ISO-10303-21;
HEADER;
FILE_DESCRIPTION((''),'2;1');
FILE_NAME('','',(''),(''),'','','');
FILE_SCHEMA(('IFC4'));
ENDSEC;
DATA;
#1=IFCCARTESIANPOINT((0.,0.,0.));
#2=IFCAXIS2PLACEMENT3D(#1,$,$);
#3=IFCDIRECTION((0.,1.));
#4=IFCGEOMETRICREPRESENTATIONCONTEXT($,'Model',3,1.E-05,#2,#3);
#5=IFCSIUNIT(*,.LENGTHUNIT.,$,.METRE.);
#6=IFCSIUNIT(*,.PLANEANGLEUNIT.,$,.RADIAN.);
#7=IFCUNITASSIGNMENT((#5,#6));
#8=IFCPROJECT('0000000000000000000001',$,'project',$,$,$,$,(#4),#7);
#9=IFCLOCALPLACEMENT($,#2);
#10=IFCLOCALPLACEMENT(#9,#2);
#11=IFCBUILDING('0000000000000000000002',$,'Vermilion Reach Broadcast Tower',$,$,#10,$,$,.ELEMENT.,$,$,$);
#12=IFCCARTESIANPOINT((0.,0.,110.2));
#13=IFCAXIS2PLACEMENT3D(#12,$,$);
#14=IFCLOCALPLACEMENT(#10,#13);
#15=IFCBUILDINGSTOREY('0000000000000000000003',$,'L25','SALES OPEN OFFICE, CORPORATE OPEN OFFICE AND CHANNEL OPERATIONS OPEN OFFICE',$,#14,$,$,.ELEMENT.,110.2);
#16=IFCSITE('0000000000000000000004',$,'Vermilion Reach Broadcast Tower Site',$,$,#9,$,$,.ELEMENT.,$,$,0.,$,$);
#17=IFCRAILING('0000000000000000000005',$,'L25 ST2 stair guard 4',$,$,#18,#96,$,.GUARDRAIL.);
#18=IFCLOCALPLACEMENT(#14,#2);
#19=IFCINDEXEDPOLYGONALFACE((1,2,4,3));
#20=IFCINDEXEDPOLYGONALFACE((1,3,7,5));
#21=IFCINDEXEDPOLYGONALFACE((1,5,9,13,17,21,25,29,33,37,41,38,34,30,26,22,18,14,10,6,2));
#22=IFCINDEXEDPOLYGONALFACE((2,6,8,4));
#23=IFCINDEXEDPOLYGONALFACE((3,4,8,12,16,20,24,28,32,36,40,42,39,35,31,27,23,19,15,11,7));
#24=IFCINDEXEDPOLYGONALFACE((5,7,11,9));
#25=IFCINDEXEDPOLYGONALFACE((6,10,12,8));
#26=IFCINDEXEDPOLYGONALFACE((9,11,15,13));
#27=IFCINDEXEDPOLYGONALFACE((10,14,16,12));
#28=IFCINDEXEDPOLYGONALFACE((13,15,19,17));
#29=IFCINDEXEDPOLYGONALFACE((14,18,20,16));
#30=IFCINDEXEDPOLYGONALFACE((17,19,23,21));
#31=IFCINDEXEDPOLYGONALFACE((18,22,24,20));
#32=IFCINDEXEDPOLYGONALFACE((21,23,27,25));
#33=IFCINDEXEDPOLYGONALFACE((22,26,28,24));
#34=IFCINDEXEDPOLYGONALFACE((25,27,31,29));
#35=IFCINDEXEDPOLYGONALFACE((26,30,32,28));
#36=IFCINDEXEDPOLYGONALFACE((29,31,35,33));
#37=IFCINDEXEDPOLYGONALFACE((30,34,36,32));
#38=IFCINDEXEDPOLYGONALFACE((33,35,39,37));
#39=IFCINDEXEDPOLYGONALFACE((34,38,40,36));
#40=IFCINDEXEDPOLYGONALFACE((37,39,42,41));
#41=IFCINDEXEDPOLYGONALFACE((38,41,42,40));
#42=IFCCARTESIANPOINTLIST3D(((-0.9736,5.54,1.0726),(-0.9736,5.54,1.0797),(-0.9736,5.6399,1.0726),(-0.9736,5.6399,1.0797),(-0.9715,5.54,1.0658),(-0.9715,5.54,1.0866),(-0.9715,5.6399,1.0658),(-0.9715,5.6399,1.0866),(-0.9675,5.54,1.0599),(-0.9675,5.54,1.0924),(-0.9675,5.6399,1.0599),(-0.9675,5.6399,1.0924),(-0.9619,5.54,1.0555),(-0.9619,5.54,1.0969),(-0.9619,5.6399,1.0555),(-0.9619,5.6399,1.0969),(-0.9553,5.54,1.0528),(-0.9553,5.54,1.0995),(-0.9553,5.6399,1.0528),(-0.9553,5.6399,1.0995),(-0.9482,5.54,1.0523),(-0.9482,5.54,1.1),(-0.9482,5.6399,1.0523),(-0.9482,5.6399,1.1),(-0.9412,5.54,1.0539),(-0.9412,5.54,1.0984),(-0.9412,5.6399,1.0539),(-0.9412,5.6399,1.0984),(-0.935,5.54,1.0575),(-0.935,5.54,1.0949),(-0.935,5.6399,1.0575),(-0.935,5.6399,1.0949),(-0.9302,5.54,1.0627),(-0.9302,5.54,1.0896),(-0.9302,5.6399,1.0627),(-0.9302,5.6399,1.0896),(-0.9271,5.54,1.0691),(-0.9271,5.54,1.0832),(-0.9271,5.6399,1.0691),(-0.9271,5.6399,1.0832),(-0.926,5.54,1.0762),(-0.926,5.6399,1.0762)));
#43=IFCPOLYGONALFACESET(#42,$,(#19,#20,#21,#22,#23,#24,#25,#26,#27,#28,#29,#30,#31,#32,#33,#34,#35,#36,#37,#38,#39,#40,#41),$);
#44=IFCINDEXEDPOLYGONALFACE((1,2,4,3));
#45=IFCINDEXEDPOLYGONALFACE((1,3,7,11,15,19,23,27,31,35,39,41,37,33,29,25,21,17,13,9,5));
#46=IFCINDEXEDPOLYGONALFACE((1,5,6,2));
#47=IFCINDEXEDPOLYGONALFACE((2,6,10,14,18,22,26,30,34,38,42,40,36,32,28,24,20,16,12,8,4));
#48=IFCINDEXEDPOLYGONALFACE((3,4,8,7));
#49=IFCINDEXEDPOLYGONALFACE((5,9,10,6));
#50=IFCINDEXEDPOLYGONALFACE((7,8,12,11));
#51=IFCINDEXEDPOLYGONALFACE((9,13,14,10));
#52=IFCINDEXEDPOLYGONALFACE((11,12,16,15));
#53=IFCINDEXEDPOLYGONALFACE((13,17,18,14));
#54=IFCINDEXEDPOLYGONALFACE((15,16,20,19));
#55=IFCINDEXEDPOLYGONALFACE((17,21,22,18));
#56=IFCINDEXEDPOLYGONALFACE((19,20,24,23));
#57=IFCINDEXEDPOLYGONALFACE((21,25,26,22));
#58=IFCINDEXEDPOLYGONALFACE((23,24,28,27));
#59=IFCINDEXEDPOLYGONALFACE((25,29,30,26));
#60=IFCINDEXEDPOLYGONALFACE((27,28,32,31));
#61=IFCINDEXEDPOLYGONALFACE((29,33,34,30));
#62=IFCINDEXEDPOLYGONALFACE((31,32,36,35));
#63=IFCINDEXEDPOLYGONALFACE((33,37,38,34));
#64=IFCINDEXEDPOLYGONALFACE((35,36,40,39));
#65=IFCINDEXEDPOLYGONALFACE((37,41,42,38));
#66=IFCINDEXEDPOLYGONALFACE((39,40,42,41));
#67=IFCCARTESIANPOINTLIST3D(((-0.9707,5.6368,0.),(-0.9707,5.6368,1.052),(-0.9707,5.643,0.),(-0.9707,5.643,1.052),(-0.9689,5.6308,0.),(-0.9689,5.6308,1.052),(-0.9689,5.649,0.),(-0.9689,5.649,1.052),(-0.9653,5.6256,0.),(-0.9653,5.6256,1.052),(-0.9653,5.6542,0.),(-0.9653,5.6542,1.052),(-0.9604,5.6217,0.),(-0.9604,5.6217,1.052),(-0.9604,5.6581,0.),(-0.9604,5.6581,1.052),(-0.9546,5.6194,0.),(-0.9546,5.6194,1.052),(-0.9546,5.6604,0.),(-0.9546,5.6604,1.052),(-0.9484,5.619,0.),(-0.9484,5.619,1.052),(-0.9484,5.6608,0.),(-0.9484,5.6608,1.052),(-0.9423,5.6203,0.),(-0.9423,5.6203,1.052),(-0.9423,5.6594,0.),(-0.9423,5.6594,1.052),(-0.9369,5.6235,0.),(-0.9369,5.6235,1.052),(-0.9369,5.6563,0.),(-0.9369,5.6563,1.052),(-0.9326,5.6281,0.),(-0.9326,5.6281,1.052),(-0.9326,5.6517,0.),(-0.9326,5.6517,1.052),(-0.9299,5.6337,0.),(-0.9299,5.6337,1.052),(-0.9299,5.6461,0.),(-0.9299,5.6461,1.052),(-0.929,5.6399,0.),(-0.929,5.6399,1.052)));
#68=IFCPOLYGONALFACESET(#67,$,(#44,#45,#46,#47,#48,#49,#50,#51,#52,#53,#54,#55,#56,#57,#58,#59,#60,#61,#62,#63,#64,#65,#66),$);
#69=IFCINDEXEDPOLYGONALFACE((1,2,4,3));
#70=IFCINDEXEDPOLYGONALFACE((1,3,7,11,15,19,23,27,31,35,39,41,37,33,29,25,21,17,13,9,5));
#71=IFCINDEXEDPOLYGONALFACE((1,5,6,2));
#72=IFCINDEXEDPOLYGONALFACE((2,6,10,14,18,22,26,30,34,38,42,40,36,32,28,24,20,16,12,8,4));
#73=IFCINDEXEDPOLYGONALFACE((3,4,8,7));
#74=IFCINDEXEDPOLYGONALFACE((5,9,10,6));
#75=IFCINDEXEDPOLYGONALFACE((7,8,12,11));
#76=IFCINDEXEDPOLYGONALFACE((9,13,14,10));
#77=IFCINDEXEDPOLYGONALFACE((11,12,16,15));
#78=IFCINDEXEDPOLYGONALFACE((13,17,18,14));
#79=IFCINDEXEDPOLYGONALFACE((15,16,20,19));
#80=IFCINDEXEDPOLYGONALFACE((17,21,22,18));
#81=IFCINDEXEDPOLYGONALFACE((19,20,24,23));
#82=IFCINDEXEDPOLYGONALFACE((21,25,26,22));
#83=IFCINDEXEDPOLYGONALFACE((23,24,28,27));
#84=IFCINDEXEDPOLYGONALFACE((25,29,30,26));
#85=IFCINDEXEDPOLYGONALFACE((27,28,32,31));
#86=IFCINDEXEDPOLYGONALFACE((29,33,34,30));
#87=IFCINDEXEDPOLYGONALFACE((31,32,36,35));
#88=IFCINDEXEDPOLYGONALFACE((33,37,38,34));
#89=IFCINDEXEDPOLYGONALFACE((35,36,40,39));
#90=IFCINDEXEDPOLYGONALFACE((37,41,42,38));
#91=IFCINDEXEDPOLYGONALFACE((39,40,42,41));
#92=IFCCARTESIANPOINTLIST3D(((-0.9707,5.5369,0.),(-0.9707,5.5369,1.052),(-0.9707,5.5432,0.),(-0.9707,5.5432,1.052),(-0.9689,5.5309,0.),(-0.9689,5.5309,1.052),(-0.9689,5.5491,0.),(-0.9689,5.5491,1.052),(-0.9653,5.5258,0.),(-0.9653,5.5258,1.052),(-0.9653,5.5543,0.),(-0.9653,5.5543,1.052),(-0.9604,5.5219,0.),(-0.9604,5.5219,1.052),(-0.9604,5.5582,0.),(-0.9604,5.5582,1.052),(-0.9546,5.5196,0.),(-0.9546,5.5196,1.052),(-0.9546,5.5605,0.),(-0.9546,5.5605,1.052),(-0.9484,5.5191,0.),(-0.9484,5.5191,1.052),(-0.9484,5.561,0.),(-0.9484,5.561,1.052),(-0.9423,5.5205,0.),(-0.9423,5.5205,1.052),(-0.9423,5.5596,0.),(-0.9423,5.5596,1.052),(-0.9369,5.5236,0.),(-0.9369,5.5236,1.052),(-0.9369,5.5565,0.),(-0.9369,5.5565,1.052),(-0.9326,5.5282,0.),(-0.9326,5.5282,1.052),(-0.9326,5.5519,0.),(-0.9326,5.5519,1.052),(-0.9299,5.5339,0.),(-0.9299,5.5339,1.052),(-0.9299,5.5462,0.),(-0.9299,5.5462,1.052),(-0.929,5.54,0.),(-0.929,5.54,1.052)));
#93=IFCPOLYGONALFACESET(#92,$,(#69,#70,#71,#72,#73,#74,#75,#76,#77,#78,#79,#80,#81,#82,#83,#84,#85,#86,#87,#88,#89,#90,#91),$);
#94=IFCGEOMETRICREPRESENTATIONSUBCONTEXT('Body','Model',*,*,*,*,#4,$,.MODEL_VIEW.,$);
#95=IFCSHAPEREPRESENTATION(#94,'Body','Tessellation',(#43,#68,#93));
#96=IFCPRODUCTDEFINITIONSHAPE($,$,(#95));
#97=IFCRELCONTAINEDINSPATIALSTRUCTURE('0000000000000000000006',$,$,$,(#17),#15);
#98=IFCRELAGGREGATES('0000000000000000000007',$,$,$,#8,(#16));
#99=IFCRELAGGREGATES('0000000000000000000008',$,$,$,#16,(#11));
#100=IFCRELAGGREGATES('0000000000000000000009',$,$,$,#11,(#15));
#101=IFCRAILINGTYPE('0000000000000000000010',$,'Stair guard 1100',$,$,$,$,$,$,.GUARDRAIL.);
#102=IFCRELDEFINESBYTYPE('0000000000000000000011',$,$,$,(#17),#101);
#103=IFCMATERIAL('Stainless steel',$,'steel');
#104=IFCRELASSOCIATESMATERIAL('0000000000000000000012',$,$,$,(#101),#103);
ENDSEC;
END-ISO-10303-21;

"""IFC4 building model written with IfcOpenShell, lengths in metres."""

from ifc_helpers import new_model, si_unit, direction, frame, origin, origin_2d, place, context, subcontext, project, spatial, circle, extrude, material, type_object, element, save


model = new_model("IFC4")

# Units and contexts
model_context = context("Model", 3, precision=1e-05, world=origin(), true_north=direction((0.0, 1.0)))
body_context = subcontext(model_context, "Body", "Model", "MODEL_VIEW")
ifc_project = project(units=[si_unit("LENGTHUNIT", "METRE"), si_unit("PLANEANGLEUNIT", "RADIAN")], contexts=[model_context])

# Site, building, storey
site_placement = place(None, origin())
site = spatial("IfcSite", under=ifc_project, at=site_placement, Name="Vermilion Reach Broadcast Tower Site", CompositionType="ELEMENT", RefElevation=0.0)
building_placement = place(site_placement, origin())
building = spatial("IfcBuilding", under=site, at=building_placement, Name="Vermilion Reach Broadcast Tower", CompositionType="ELEMENT")
storey_placement = place(building_placement, frame((0.0, 0.0, 110.2)))
storey = spatial("IfcBuildingStorey", under=building, at=storey_placement, Name="L25", Description="SALES OPEN OFFICE, CORPORATE OPEN OFFICE AND CHANNEL OPERATIONS OPEN OFFICE", CompositionType="ELEMENT", Elevation=110.2)

# Railing
ifc_material_1 = material(Name="Stainless steel", Category="steel")
railing_type_1 = type_object("IfcRailingType", Name="Stair guard 1100", PredefinedType="GUARDRAIL", material=ifc_material_1)
railing_1_placement = place(storey_placement, frame((-0.95, 5.6399, 0.0)))
element("IfcRailing", 1, at=railing_1_placement, inside=storey, type_object=railing_type_1, Name="L25 ST2 stair guard 4", PredefinedType="GUARDRAIL", context=body_context, shape_type="SweptSolid", body=[
    extrude(circle(Radius=0.0239, at=origin_2d()), frame((0.0, 0.0, 1.0762), z_axis=(0.0, -1.0, 0.0), x_axis=(1.0, 0.0, 0.0)), (0.0, 0.0, 1.0), 0.0999),
    extrude(circle(Radius=0.021, at=origin_2d()), origin(), (0.0, 0.0, 1.0), 1.052),
    extrude(circle(Radius=0.021, at=origin_2d()), frame((0.0, -0.0999, 0.0)), (0.0, 0.0, 1.0), 1.052),
])

save(model, "model.ifc")
